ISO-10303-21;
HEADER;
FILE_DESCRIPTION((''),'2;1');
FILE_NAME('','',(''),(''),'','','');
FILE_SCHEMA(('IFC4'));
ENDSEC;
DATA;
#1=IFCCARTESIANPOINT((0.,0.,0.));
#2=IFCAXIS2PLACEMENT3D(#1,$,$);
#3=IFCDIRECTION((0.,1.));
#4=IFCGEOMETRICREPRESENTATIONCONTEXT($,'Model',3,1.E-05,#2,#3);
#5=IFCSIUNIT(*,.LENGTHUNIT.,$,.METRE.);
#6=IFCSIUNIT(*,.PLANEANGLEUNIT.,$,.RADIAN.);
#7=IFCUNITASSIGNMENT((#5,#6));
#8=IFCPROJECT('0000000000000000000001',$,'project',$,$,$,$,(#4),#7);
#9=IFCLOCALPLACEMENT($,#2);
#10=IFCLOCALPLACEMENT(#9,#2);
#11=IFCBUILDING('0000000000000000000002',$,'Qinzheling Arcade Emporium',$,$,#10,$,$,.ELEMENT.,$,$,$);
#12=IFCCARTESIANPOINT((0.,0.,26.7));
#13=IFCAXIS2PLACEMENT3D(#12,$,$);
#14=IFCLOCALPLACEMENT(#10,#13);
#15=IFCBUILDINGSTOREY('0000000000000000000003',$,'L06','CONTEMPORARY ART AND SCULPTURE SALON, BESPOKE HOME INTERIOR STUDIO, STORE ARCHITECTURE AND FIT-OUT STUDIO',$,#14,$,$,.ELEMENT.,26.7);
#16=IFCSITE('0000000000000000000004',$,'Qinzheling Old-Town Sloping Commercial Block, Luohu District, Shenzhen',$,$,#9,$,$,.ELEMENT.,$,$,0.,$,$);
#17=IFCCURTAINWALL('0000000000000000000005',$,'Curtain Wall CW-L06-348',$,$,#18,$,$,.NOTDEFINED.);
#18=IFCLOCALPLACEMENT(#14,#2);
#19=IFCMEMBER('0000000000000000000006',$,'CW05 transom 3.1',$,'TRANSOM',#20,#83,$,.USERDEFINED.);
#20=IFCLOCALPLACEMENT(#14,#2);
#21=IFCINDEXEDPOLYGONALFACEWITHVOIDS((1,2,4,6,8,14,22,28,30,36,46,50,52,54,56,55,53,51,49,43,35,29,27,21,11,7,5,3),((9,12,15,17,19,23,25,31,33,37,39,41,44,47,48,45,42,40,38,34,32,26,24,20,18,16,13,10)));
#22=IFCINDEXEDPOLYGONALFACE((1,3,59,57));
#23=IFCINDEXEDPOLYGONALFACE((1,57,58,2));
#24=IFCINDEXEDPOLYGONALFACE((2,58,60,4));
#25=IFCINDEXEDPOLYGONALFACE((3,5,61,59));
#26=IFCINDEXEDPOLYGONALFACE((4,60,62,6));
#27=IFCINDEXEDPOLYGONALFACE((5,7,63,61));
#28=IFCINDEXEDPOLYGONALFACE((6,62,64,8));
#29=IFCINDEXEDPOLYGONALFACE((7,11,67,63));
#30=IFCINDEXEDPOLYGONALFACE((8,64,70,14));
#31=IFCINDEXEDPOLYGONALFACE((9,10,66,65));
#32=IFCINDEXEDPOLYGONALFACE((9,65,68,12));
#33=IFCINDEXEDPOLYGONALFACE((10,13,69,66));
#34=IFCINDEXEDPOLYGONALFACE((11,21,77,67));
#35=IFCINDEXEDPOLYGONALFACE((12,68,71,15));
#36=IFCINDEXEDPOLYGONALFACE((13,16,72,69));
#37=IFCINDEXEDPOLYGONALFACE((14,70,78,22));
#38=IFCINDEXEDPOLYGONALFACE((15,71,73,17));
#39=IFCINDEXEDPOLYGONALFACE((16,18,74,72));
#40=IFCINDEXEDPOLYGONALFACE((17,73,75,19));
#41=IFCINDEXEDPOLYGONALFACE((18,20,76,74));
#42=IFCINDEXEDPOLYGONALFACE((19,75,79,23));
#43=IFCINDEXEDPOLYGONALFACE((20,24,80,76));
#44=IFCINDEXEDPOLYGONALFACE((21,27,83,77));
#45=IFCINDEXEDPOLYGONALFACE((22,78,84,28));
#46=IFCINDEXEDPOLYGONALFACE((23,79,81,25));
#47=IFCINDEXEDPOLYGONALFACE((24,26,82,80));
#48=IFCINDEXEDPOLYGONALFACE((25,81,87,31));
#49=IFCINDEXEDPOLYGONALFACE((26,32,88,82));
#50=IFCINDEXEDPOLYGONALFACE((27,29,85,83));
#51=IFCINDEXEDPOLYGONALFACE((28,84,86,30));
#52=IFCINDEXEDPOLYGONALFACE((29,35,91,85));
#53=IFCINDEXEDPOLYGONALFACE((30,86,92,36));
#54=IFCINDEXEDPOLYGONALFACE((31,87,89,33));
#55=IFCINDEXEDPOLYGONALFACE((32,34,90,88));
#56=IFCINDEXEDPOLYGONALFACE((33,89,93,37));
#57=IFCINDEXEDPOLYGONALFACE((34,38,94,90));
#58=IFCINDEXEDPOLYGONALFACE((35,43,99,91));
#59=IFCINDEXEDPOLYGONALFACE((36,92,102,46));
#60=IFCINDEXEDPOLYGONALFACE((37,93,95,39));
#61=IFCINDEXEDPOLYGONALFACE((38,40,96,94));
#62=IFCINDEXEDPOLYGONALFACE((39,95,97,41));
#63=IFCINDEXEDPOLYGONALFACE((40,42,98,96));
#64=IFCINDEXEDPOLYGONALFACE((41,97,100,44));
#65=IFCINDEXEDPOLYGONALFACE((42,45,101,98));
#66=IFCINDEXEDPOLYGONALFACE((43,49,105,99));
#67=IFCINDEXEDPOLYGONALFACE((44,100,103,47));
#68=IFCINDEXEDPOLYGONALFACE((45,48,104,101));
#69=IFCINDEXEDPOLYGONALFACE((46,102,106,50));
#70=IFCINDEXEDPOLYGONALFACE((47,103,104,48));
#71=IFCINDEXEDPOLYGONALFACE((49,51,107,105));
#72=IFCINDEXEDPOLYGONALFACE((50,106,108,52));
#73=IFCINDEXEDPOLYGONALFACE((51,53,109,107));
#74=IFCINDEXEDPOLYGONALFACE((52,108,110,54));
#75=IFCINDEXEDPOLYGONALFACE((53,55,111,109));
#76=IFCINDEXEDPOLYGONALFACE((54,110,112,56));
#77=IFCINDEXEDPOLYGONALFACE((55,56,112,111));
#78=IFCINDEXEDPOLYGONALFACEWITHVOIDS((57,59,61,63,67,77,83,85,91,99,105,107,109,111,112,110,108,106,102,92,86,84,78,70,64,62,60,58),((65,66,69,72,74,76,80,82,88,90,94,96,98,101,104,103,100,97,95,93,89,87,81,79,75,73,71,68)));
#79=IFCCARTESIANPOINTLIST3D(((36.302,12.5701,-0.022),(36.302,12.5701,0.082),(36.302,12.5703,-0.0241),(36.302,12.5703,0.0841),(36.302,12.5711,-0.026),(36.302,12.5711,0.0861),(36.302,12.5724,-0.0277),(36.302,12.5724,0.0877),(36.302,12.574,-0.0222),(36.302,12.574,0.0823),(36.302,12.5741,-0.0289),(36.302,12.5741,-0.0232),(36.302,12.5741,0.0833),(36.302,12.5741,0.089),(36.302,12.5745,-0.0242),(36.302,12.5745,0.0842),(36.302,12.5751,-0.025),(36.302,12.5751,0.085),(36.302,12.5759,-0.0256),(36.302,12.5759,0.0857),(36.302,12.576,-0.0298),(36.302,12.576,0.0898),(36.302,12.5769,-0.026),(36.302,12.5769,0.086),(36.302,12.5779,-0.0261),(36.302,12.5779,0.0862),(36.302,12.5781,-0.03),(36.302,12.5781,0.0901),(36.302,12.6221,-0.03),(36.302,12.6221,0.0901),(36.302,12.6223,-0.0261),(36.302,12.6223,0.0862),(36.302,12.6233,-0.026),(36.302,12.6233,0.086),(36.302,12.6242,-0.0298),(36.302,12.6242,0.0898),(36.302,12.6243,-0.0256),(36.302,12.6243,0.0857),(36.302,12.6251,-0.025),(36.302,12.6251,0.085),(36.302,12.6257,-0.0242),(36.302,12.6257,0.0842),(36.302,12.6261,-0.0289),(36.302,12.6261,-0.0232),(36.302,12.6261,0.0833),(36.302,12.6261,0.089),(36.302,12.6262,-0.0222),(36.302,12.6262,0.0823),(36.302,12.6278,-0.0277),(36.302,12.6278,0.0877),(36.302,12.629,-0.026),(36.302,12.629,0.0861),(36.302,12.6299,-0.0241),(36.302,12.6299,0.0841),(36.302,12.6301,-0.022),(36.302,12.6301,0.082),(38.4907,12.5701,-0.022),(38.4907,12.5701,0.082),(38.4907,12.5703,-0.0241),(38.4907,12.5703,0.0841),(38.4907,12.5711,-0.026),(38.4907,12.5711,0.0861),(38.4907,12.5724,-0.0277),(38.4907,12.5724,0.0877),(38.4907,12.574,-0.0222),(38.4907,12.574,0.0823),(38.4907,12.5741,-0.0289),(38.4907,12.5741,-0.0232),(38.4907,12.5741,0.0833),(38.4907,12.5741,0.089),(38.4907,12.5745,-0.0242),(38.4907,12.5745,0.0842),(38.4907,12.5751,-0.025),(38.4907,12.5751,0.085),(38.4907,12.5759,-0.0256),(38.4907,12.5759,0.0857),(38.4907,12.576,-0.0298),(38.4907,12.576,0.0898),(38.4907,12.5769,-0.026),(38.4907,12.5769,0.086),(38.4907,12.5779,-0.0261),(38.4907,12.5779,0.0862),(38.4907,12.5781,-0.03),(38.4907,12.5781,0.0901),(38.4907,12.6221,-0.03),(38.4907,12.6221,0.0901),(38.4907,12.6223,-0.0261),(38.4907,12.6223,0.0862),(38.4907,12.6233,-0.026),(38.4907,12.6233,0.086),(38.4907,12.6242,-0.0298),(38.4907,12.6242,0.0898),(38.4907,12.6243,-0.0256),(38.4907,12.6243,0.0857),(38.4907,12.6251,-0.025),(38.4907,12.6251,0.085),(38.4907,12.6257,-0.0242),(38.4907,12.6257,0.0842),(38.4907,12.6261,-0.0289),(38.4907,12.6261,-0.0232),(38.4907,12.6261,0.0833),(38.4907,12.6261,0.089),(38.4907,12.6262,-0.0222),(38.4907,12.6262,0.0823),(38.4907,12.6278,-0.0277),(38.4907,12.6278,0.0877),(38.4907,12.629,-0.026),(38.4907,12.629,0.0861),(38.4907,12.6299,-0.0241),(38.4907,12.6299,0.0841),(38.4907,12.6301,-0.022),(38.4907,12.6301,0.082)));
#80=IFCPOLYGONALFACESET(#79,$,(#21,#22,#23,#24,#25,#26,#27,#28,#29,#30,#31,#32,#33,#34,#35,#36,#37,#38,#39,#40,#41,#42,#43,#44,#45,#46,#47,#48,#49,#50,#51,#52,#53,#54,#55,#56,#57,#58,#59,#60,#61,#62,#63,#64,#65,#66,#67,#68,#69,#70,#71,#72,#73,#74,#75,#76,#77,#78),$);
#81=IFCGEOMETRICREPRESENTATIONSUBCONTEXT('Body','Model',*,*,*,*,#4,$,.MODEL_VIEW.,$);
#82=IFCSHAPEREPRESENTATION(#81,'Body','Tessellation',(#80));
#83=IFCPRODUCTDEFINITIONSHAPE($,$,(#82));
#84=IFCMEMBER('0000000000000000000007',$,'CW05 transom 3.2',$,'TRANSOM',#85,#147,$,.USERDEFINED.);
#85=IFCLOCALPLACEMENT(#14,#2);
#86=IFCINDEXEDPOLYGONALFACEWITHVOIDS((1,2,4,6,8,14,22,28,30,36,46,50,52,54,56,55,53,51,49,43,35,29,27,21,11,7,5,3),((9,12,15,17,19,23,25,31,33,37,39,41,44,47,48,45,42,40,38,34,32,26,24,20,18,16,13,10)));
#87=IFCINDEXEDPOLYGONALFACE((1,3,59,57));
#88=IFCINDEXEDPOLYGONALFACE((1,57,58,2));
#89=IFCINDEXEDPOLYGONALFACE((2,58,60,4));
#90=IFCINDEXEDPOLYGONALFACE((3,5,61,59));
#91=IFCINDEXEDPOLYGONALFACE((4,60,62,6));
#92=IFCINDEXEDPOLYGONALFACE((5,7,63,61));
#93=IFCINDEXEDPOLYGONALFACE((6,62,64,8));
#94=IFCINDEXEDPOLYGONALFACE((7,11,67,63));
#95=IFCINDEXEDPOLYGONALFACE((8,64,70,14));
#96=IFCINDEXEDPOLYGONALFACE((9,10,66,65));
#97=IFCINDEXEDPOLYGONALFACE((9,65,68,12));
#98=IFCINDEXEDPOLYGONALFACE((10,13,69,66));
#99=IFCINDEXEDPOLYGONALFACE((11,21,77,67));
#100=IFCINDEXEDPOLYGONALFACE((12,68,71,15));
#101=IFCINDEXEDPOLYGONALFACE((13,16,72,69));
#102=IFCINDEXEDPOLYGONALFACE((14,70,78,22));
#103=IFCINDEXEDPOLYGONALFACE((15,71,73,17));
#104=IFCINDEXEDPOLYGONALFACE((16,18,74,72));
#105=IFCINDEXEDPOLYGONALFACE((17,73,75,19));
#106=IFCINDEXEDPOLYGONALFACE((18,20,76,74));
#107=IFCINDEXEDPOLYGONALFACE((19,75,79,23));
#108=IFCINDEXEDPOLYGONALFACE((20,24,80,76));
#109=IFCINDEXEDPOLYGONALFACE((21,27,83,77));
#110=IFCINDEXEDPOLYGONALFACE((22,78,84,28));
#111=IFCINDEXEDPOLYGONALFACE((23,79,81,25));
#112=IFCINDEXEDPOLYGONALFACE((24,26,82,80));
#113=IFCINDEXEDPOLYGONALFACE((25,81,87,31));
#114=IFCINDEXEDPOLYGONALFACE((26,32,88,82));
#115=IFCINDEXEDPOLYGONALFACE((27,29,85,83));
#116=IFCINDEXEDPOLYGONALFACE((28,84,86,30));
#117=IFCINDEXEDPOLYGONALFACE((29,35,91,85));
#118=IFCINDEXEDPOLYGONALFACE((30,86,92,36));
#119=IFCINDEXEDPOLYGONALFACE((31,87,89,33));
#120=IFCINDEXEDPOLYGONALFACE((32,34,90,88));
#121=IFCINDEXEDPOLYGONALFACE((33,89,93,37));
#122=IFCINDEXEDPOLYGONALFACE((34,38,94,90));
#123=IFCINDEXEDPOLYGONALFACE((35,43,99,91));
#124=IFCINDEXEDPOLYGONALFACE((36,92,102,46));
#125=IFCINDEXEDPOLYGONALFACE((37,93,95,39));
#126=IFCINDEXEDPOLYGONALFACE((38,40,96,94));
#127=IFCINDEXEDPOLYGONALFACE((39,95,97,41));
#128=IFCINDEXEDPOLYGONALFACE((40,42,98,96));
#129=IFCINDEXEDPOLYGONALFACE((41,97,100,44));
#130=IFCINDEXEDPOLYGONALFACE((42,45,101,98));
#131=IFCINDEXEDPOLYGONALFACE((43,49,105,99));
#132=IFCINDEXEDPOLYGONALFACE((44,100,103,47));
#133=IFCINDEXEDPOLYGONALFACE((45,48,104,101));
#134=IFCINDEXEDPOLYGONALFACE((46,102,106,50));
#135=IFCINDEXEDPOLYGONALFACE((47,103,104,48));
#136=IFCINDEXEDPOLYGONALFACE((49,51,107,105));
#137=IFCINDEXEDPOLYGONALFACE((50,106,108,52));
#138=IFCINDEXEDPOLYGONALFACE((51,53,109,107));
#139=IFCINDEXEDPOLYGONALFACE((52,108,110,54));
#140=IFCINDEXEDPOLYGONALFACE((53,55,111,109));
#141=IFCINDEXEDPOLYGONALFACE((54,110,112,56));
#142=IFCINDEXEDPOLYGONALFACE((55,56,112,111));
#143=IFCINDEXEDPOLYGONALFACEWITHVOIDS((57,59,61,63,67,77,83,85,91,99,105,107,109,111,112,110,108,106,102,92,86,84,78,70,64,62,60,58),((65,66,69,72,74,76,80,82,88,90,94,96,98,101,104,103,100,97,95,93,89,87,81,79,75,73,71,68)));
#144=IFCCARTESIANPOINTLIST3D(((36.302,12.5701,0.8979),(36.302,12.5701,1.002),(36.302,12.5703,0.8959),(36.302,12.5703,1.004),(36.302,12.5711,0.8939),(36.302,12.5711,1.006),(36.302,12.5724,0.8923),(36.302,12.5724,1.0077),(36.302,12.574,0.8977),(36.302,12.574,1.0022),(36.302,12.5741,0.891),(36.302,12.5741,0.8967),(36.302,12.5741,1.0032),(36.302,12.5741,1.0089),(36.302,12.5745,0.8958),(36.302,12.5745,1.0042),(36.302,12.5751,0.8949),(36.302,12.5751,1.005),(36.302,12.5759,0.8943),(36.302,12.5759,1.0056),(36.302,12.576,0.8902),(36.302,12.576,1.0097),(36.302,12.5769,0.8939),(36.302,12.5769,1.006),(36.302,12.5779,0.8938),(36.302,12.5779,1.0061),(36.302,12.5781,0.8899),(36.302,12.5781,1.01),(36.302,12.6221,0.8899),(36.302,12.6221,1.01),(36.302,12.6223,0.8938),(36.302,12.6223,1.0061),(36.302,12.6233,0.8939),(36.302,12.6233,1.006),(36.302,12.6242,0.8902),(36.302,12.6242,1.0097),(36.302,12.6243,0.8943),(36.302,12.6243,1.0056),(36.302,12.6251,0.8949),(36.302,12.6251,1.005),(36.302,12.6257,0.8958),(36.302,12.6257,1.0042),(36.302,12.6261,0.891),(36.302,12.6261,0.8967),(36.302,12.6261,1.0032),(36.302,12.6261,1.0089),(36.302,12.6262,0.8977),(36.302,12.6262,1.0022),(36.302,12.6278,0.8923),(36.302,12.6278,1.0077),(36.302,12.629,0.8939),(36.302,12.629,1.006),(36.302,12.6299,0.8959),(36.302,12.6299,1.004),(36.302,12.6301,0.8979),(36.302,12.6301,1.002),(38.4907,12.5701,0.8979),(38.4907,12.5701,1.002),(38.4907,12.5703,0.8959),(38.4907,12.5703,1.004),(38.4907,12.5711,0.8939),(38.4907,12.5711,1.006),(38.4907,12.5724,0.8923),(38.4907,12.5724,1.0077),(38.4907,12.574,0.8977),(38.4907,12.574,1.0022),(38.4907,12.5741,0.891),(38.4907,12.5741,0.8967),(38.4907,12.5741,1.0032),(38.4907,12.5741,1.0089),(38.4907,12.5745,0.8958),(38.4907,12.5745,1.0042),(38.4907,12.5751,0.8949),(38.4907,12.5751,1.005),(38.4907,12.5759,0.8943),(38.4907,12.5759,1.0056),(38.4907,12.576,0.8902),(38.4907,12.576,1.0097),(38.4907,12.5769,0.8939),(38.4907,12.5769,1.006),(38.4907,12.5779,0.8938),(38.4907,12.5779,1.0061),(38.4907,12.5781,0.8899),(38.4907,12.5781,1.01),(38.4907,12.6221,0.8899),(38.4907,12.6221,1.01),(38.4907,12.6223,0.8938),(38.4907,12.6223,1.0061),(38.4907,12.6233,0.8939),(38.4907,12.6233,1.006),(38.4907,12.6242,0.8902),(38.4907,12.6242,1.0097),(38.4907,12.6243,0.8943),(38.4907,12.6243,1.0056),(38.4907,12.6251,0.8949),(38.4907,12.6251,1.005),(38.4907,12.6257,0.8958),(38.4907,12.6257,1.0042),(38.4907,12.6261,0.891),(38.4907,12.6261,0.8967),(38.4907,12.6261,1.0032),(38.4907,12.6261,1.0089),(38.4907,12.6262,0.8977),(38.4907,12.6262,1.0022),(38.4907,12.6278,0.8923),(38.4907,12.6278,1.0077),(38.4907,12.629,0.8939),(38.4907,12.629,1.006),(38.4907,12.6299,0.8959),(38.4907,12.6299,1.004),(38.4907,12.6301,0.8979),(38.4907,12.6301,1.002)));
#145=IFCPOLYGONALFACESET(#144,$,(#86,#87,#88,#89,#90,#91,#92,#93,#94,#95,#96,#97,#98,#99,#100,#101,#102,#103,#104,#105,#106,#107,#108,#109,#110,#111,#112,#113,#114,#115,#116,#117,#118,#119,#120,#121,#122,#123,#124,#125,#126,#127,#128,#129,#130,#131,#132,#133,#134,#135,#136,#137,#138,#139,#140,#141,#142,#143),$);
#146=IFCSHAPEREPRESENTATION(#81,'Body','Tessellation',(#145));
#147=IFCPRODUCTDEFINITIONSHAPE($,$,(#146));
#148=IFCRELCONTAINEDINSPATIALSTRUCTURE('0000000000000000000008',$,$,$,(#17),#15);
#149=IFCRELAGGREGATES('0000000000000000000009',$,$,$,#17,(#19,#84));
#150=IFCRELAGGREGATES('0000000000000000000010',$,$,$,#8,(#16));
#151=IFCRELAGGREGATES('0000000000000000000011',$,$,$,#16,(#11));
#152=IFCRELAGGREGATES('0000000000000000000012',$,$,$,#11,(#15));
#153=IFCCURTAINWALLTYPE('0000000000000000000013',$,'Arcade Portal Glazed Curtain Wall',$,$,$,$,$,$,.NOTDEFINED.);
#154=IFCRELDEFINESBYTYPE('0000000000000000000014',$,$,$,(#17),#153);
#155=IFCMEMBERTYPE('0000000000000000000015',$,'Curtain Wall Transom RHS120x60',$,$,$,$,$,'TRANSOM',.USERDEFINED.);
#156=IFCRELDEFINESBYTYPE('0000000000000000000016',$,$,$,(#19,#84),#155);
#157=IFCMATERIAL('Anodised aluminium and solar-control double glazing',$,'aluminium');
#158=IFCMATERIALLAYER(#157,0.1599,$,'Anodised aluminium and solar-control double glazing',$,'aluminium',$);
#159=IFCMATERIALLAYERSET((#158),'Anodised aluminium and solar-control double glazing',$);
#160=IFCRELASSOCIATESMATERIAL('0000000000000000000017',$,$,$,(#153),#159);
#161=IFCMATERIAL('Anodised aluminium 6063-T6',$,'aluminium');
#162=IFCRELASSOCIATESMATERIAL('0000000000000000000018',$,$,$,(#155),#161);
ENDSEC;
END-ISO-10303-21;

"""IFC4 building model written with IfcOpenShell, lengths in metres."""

from ifc_helpers import new_model, si_unit, direction, frame, origin, origin_2d, place, context, subcontext, project, spatial, hollow_rectangle, extrude, material, layer, layer_set, material_profile, profile_set, type_object, element, aggregate, save


model = new_model("IFC4")

# Units and contexts
model_context = context("Model", 3, precision=1e-05, world=origin(), true_north=direction((0.0, 1.0)))
body_context = subcontext(model_context, "Body", "Model", "MODEL_VIEW")
ifc_project = project(units=[si_unit("LENGTHUNIT", "METRE"), si_unit("PLANEANGLEUNIT", "RADIAN")], contexts=[model_context])

# Site, building, storey
site_placement = place(None, origin())
site = spatial("IfcSite", under=ifc_project, at=site_placement, Name="Qinzheling Old-Town Sloping Commercial Block, Luohu District, Shenzhen", CompositionType="ELEMENT", RefElevation=0.0)
building_placement = place(site_placement, origin())
building = spatial("IfcBuilding", under=site, at=building_placement, Name="Qinzheling Arcade Emporium", CompositionType="ELEMENT")
storey_placement = place(building_placement, frame((0.0, 0.0, 26.7)))
storey = spatial("IfcBuildingStorey", under=building, at=storey_placement, Name="L06", Description="CONTEMPORARY ART AND SCULPTURE SALON, BESPOKE HOME INTERIOR STUDIO, STORE ARCHITECTURE AND FIT-OUT STUDIO", CompositionType="ELEMENT", Elevation=26.7)

# Curtain wall
ifc_material_1 = material(Name="Anodised aluminium and solar-control double glazing", Category="aluminium")
ifc_layer_1 = layer(ifc_material_1, 0.1599, Name="Anodised aluminium and solar-control double glazing", Category="aluminium")
ifc_layer_set_1 = layer_set([ifc_layer_1], Name="Anodised aluminium and solar-control double glazing")
curtain_wall_type = type_object("IfcCurtainWallType", Name="Arcade Portal Glazed Curtain Wall", PredefinedType="NOTDEFINED", material=ifc_layer_set_1)
curtain_wall_1_placement = place(storey_placement, origin())
curtain_wall_1 = element("IfcCurtainWall", 1, at=curtain_wall_1_placement, inside=storey, type_object=curtain_wall_type, Name="Curtain Wall CW-L06-348", PredefinedType="NOTDEFINED")
ifc_material_2 = material(Name="Anodised aluminium 6063-T6", Category="aluminium")

# Members
ifc_material_profile_1 = material_profile(ifc_material_2, hollow_rectangle(XDim=0.0601, YDim=0.1201, WallThickness=0.0039, InnerFilletRadius=0.0039, OuterFilletRadius=0.0081, at=origin_2d()), Name="RHS 120x60x4", Category="aluminium")
ifc_profile_set_1 = profile_set([ifc_material_profile_1], Name="Anodised aluminium 6063-T6")
member_type_1 = type_object("IfcMemberType", Name="Curtain Wall Transom RHS120x60", ElementType="TRANSOM", PredefinedType="USERDEFINED", material=ifc_profile_set_1)
member_1_placement = place(storey_placement, frame((38.4907, 12.6001, 0.03), z_axis=(-1.0, 0.0, 0.0), x_axis=(0.0, -1.0, 0.0)))
member_1 = element("IfcMember", 2, at=member_1_placement, type_object=member_type_1, Name="CW05 transom 3.1", ObjectType="TRANSOM", PredefinedType="USERDEFINED", context=body_context, shape_type="SweptSolid", body=[
    extrude(hollow_rectangle(XDim=0.0601, YDim=0.1201, WallThickness=0.0039, InnerFilletRadius=0.0039, OuterFilletRadius=0.0081, at=origin_2d()), origin(), (0.0, 0.0, 1.0), 2.1887),
])
member_2_placement = place(storey_placement, frame((38.4907, 12.6001, 0.95), z_axis=(-1.0, 0.0, 0.0), x_axis=(0.0, -1.0, 0.0)))
member_2 = element("IfcMember", 3, at=member_2_placement, type_object=member_type_1, Name="CW05 transom 3.2", ObjectType="TRANSOM", PredefinedType="USERDEFINED", context=body_context, shape_type="SweptSolid", body=[
    extrude(hollow_rectangle(XDim=0.0601, YDim=0.1201, WallThickness=0.0039, InnerFilletRadius=0.0039, OuterFilletRadius=0.0081, at=origin_2d()), origin(), (0.0, 0.0, 1.0), 2.1887),
])

aggregate(curtain_wall_1, [member_1, member_2])

save(model, "model.ifc")
